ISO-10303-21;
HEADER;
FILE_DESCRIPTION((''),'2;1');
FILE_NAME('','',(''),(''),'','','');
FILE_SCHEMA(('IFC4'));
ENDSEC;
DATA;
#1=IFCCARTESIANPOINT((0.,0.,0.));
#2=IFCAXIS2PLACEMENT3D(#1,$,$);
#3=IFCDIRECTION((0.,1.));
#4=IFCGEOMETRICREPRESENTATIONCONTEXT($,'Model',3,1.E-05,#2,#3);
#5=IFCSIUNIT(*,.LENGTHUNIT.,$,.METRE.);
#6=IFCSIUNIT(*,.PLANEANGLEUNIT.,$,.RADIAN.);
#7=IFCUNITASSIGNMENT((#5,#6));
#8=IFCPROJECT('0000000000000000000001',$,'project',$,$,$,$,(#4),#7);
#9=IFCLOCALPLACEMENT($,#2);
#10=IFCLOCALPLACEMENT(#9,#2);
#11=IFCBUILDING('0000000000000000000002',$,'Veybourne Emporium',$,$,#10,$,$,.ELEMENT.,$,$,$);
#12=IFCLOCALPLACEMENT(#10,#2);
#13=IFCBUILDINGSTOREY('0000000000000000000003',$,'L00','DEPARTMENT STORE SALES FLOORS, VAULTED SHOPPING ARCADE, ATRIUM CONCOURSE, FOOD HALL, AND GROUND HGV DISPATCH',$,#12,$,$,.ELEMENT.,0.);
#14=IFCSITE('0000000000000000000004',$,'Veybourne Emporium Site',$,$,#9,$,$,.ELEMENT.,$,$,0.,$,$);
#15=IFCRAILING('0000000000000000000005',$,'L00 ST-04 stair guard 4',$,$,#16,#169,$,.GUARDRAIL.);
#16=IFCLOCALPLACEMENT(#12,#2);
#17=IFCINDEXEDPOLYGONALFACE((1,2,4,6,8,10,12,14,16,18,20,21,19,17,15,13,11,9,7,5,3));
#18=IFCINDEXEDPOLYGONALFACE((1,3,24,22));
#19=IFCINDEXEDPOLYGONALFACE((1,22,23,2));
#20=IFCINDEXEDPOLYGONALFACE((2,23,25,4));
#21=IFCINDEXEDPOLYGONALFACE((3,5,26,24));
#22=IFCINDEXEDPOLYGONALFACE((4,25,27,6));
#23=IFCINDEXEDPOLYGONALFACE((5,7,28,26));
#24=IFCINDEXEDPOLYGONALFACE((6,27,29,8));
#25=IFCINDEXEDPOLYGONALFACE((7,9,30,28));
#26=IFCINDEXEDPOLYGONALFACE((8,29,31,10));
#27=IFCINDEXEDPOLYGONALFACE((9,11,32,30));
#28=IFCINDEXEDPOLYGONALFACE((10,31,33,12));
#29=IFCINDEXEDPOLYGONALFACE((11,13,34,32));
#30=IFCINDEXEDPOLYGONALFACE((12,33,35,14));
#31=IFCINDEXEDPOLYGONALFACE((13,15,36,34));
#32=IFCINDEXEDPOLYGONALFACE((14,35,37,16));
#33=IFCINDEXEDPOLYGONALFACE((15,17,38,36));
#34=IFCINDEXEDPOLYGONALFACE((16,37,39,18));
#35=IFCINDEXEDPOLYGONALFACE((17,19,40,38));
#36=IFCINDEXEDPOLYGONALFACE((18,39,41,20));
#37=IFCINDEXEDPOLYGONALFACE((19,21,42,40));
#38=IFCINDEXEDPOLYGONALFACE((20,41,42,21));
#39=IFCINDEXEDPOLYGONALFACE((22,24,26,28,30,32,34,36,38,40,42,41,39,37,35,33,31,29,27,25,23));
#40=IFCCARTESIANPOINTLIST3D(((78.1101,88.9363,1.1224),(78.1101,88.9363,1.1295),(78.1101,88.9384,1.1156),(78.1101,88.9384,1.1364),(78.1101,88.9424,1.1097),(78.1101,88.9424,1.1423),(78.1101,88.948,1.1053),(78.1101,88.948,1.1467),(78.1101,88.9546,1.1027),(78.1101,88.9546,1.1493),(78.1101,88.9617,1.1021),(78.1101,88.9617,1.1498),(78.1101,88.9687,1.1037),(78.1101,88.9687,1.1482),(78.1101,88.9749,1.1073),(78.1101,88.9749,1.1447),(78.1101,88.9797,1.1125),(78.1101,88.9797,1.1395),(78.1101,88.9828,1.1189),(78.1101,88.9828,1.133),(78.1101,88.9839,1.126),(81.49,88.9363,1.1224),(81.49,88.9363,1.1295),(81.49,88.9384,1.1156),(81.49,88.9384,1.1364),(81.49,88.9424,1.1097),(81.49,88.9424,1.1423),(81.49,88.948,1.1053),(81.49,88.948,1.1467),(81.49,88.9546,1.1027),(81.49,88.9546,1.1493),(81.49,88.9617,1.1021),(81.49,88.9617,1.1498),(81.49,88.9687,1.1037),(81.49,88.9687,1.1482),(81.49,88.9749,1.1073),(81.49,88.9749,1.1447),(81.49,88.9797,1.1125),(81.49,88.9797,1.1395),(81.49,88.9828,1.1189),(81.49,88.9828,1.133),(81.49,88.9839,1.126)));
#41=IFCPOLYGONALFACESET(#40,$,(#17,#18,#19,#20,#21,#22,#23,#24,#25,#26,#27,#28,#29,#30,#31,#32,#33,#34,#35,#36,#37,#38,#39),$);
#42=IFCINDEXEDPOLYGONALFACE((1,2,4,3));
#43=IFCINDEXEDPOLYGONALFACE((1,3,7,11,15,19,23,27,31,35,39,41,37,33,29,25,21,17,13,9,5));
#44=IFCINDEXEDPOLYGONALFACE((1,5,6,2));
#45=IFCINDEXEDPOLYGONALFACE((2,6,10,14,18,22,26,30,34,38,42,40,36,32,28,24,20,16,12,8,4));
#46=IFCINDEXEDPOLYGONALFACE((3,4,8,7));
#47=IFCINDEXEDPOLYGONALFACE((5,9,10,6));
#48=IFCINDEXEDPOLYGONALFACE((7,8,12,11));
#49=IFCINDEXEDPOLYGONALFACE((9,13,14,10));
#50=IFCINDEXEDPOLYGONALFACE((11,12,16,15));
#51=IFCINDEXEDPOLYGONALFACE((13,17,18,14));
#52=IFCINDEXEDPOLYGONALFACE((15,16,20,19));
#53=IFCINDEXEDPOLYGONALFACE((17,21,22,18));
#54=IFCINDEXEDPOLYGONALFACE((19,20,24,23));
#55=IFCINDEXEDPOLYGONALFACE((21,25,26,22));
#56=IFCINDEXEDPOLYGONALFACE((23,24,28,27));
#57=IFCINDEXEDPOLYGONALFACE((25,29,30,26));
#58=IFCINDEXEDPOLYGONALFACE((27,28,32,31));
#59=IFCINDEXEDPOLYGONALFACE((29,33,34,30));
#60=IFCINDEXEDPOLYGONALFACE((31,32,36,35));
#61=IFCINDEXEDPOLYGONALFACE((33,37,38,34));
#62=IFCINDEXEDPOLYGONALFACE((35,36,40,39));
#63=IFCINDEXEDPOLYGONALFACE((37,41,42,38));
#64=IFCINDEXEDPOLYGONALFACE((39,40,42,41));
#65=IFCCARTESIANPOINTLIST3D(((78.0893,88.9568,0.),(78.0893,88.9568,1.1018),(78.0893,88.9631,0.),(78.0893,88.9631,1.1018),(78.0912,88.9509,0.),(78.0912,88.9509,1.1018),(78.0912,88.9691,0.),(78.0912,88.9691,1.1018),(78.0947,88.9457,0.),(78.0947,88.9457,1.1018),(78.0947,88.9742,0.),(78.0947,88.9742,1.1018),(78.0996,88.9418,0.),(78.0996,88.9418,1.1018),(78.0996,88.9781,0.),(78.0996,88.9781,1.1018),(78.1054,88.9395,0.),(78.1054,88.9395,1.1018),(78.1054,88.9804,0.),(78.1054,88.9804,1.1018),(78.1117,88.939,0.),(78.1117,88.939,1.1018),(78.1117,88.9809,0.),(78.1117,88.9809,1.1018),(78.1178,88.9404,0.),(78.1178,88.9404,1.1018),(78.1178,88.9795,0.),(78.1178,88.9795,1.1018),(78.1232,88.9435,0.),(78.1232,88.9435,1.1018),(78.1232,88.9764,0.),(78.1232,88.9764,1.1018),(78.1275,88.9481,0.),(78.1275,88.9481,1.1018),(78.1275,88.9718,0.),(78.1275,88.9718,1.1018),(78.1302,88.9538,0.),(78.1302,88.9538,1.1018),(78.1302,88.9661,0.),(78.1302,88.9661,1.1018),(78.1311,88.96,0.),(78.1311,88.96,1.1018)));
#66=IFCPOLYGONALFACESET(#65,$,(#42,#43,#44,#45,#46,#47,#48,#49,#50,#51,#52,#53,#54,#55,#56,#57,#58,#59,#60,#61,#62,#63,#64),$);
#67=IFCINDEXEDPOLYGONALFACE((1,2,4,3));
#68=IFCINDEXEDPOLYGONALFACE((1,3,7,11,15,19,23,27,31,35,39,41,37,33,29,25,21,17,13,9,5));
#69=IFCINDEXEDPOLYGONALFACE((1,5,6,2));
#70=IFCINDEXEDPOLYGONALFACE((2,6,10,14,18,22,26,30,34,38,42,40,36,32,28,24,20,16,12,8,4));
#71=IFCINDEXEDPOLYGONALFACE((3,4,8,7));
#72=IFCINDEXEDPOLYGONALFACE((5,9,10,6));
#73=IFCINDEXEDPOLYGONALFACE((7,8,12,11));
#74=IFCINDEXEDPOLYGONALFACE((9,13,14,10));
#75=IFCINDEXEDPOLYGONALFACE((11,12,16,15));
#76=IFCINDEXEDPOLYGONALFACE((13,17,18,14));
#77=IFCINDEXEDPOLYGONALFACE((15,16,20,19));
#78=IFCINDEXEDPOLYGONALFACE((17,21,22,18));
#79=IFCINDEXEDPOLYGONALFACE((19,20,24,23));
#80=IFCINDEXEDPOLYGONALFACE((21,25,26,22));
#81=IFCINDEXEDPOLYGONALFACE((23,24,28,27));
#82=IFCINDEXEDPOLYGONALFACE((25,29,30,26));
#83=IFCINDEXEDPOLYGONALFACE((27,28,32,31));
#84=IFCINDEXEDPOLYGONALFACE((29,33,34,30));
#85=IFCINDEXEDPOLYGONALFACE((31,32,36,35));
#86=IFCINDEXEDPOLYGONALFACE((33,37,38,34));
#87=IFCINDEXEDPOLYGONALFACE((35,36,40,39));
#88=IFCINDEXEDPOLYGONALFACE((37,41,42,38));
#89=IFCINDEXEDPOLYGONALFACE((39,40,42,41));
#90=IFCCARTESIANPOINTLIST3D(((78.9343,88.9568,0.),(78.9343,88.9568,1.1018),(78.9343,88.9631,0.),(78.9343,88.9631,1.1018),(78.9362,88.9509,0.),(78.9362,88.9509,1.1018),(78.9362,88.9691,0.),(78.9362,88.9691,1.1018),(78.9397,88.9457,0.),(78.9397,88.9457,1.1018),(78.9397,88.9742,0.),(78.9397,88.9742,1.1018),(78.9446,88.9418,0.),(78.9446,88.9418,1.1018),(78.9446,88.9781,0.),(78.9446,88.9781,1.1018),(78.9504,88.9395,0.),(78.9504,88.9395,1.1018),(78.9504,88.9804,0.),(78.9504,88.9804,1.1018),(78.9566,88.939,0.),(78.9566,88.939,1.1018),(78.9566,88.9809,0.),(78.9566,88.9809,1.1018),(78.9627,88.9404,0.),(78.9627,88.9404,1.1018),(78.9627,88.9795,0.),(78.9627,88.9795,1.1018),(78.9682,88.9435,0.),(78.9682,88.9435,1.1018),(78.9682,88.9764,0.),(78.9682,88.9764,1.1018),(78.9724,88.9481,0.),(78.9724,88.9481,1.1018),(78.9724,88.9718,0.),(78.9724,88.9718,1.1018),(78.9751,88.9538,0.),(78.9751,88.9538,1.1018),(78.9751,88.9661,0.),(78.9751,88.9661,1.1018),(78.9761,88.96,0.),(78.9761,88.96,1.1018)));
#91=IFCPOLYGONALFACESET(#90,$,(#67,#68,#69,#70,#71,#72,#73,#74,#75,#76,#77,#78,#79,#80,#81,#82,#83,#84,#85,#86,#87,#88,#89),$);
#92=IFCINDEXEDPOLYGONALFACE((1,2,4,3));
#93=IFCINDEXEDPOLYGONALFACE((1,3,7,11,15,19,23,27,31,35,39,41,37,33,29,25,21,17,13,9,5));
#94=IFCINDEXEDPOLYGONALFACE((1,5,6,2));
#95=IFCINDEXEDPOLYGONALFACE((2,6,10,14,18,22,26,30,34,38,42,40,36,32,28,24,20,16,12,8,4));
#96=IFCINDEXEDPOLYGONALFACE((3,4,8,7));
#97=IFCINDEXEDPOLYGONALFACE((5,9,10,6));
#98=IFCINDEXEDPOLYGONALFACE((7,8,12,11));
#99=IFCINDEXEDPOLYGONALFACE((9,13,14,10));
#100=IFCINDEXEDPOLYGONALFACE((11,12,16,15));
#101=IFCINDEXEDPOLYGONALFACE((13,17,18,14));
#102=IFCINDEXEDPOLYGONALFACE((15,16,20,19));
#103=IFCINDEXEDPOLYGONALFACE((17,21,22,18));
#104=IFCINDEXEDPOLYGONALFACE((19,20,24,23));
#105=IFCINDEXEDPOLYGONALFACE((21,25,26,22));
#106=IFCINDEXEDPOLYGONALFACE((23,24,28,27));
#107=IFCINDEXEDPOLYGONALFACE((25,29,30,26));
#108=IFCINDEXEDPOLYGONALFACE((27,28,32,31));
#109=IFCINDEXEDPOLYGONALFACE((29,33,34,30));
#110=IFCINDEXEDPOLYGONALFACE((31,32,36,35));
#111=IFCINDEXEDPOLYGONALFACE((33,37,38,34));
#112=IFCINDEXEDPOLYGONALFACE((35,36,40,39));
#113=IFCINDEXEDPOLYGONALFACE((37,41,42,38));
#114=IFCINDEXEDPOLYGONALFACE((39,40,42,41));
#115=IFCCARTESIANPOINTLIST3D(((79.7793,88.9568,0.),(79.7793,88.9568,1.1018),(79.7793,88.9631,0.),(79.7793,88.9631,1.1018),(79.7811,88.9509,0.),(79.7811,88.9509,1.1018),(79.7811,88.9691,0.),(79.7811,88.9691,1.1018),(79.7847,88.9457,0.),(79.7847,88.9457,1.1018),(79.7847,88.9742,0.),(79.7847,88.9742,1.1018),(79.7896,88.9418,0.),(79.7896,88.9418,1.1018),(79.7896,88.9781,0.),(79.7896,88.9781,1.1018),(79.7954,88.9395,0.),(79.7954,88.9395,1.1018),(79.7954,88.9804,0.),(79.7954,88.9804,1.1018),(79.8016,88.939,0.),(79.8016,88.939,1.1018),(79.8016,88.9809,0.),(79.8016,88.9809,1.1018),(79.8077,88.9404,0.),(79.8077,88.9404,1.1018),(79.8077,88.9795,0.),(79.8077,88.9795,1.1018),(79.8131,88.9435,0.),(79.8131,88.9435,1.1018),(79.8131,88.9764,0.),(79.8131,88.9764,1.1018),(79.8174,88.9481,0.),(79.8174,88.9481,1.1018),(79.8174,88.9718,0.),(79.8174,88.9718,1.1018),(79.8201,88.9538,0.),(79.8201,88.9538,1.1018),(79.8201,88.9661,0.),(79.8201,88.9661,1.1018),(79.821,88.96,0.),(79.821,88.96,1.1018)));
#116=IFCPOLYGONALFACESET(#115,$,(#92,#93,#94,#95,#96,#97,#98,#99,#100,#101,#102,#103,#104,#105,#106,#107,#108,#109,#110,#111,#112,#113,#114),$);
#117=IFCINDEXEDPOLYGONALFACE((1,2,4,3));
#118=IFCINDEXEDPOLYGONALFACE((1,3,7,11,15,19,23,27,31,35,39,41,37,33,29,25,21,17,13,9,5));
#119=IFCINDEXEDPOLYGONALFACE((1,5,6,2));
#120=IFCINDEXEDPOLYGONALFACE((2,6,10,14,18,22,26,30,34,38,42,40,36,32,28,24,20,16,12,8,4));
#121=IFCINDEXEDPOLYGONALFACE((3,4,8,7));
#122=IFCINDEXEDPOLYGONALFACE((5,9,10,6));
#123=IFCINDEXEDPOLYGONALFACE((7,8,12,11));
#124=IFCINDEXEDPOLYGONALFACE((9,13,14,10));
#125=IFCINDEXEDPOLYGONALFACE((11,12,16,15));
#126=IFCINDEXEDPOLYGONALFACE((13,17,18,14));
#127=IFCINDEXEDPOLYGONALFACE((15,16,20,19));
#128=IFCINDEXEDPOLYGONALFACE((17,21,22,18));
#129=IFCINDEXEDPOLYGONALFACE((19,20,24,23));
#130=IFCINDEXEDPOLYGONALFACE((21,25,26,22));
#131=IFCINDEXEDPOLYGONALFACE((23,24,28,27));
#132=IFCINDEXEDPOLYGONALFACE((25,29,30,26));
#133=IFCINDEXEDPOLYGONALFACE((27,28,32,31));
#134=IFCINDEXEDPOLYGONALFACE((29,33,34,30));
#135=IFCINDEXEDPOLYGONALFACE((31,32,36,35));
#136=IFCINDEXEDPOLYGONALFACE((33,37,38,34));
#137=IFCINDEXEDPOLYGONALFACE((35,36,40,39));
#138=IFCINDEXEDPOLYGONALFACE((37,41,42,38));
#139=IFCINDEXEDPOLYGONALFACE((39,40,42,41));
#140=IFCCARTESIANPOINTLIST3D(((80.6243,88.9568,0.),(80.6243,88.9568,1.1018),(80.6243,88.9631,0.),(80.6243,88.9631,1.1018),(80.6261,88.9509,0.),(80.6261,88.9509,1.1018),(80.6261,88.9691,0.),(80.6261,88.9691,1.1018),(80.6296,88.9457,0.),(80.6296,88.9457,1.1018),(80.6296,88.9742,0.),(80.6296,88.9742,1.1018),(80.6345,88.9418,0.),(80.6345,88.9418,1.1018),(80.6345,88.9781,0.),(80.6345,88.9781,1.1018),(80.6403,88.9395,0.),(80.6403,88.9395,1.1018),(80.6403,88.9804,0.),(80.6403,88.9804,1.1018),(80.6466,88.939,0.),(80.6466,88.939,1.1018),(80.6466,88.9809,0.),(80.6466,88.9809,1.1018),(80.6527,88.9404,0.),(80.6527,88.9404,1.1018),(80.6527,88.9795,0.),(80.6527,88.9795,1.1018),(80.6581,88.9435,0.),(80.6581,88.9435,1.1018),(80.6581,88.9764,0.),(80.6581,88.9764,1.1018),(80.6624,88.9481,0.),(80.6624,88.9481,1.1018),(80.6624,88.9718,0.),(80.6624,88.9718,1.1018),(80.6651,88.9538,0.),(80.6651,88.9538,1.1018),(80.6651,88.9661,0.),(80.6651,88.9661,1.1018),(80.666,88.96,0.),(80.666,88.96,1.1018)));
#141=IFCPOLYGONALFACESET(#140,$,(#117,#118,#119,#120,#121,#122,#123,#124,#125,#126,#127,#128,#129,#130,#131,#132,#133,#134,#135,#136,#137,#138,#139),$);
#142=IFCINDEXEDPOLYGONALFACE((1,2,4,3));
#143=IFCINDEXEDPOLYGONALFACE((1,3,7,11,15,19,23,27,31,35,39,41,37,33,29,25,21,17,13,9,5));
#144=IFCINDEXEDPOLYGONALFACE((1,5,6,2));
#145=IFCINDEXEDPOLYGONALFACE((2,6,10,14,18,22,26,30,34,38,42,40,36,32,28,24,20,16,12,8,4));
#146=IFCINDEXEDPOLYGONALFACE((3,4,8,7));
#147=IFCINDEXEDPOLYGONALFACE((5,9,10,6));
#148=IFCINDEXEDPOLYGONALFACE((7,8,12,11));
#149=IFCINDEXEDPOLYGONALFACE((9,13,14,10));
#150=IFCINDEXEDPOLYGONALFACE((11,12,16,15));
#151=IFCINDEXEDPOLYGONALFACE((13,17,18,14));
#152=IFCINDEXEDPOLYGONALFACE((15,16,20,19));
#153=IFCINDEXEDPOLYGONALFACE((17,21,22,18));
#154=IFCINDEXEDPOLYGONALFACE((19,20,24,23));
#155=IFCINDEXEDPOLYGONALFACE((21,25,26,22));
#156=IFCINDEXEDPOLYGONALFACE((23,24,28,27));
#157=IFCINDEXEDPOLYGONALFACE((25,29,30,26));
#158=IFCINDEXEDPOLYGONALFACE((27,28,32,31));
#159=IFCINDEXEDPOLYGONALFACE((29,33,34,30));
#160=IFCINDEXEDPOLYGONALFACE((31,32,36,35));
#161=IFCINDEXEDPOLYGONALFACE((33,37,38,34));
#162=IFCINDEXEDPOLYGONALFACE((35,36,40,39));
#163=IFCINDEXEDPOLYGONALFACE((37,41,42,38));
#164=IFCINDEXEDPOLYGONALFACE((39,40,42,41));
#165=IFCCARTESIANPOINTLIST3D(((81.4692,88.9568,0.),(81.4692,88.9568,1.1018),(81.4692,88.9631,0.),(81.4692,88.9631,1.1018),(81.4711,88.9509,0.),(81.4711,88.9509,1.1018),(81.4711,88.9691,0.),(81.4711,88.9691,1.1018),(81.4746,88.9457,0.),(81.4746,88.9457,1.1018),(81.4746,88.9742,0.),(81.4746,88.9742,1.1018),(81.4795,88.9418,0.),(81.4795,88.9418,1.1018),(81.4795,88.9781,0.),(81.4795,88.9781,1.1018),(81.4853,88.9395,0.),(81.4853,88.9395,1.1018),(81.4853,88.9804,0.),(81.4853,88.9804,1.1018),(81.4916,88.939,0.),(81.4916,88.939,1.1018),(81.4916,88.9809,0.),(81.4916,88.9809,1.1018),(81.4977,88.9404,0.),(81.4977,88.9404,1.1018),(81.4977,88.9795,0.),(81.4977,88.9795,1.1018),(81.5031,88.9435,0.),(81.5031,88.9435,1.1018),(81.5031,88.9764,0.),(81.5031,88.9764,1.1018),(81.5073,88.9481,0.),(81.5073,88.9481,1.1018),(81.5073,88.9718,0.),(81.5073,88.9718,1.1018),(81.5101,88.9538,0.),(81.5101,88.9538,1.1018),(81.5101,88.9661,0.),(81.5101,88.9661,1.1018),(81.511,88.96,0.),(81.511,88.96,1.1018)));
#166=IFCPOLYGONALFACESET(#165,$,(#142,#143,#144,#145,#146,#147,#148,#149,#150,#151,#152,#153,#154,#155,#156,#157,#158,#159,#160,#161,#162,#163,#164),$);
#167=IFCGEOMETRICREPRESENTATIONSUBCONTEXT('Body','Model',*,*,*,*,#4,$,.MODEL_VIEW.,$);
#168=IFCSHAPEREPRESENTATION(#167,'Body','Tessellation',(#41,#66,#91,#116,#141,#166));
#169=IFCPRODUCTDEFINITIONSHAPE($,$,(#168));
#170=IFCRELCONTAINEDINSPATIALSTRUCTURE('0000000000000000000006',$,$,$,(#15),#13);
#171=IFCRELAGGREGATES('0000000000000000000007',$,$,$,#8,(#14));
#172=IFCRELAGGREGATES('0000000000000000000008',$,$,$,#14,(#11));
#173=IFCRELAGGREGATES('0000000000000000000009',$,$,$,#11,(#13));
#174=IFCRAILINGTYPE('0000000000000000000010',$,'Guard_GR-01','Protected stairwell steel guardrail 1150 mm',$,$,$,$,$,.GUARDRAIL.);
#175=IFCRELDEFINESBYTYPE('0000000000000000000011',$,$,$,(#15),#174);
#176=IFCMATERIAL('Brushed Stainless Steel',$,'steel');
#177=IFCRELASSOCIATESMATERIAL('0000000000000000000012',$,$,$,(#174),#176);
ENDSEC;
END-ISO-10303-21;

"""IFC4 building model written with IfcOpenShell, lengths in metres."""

from ifc_helpers import new_model, si_unit, direction, frame, origin, origin_2d, place, context, subcontext, project, spatial, circle, extrude, material, type_object, element, save


model = new_model("IFC4")

# Units and contexts
model_context = context("Model", 3, precision=1e-05, world=origin(), true_north=direction((0.0, 1.0)))
body_context = subcontext(model_context, "Body", "Model", "MODEL_VIEW")
ifc_project = project(units=[si_unit("LENGTHUNIT", "METRE"), si_unit("PLANEANGLEUNIT", "RADIAN")], contexts=[model_context])

# Site, building, storey
site_placement = place(None, origin())
site = spatial("IfcSite", under=ifc_project, at=site_placement, Name="Veybourne Emporium Site", CompositionType="ELEMENT", RefElevation=0.0)
building_placement = place(site_placement, origin())
building = spatial("IfcBuilding", under=site, at=building_placement, Name="Veybourne Emporium", CompositionType="ELEMENT")
storey_placement = place(building_placement, origin())
storey = spatial("IfcBuildingStorey", under=building, at=storey_placement, Name="L00", Description="DEPARTMENT STORE SALES FLOORS, VAULTED SHOPPING ARCADE, ATRIUM CONCOURSE, FOOD HALL, AND GROUND HGV DISPATCH", CompositionType="ELEMENT", Elevation=0.0)

# Railing
ifc_material_1 = material(Name="Brushed Stainless Steel", Category="steel")
railing_type_1 = type_object("IfcRailingType", Name="Guard_GR-01", Description="Protected stairwell steel guardrail 1150 mm", PredefinedType="GUARDRAIL", material=ifc_material_1)
railing_1_placement = place(storey_placement, frame((78.1101, 88.96, 0.0)))
element("IfcRailing", 1, at=railing_1_placement, inside=storey, type_object=railing_type_1, Name="L00 ST-04 stair guard 4", PredefinedType="GUARDRAIL", context=body_context, shape_type="SweptSolid", body=[
    extrude(circle(Radius=0.0239, at=origin_2d()), frame((0.0, 0.0, 1.126), z_axis=(1.0, 0.0, 0.0), x_axis=(0.0, 1.0, 0.0)), (0.0, 0.0, 1.0), 3.3799),
    extrude(circle(Radius=0.021, at=origin_2d()), origin(), (0.0, 0.0, 1.0), 1.1018),
    extrude(circle(Radius=0.021, at=origin_2d()), frame((0.845, 0.0, 0.0)), (0.0, 0.0, 1.0), 1.1018),
    extrude(circle(Radius=0.021, at=origin_2d()), frame((1.6899, 0.0, 0.0)), (0.0, 0.0, 1.0), 1.1018),
    extrude(circle(Radius=0.021, at=origin_2d()), frame((2.5349, 0.0, 0.0)), (0.0, 0.0, 1.0), 1.1018),
    extrude(circle(Radius=0.021, at=origin_2d()), frame((3.3799, 0.0, 0.0)), (0.0, 0.0, 1.0), 1.1018),
])

save(model, "model.ifc")
